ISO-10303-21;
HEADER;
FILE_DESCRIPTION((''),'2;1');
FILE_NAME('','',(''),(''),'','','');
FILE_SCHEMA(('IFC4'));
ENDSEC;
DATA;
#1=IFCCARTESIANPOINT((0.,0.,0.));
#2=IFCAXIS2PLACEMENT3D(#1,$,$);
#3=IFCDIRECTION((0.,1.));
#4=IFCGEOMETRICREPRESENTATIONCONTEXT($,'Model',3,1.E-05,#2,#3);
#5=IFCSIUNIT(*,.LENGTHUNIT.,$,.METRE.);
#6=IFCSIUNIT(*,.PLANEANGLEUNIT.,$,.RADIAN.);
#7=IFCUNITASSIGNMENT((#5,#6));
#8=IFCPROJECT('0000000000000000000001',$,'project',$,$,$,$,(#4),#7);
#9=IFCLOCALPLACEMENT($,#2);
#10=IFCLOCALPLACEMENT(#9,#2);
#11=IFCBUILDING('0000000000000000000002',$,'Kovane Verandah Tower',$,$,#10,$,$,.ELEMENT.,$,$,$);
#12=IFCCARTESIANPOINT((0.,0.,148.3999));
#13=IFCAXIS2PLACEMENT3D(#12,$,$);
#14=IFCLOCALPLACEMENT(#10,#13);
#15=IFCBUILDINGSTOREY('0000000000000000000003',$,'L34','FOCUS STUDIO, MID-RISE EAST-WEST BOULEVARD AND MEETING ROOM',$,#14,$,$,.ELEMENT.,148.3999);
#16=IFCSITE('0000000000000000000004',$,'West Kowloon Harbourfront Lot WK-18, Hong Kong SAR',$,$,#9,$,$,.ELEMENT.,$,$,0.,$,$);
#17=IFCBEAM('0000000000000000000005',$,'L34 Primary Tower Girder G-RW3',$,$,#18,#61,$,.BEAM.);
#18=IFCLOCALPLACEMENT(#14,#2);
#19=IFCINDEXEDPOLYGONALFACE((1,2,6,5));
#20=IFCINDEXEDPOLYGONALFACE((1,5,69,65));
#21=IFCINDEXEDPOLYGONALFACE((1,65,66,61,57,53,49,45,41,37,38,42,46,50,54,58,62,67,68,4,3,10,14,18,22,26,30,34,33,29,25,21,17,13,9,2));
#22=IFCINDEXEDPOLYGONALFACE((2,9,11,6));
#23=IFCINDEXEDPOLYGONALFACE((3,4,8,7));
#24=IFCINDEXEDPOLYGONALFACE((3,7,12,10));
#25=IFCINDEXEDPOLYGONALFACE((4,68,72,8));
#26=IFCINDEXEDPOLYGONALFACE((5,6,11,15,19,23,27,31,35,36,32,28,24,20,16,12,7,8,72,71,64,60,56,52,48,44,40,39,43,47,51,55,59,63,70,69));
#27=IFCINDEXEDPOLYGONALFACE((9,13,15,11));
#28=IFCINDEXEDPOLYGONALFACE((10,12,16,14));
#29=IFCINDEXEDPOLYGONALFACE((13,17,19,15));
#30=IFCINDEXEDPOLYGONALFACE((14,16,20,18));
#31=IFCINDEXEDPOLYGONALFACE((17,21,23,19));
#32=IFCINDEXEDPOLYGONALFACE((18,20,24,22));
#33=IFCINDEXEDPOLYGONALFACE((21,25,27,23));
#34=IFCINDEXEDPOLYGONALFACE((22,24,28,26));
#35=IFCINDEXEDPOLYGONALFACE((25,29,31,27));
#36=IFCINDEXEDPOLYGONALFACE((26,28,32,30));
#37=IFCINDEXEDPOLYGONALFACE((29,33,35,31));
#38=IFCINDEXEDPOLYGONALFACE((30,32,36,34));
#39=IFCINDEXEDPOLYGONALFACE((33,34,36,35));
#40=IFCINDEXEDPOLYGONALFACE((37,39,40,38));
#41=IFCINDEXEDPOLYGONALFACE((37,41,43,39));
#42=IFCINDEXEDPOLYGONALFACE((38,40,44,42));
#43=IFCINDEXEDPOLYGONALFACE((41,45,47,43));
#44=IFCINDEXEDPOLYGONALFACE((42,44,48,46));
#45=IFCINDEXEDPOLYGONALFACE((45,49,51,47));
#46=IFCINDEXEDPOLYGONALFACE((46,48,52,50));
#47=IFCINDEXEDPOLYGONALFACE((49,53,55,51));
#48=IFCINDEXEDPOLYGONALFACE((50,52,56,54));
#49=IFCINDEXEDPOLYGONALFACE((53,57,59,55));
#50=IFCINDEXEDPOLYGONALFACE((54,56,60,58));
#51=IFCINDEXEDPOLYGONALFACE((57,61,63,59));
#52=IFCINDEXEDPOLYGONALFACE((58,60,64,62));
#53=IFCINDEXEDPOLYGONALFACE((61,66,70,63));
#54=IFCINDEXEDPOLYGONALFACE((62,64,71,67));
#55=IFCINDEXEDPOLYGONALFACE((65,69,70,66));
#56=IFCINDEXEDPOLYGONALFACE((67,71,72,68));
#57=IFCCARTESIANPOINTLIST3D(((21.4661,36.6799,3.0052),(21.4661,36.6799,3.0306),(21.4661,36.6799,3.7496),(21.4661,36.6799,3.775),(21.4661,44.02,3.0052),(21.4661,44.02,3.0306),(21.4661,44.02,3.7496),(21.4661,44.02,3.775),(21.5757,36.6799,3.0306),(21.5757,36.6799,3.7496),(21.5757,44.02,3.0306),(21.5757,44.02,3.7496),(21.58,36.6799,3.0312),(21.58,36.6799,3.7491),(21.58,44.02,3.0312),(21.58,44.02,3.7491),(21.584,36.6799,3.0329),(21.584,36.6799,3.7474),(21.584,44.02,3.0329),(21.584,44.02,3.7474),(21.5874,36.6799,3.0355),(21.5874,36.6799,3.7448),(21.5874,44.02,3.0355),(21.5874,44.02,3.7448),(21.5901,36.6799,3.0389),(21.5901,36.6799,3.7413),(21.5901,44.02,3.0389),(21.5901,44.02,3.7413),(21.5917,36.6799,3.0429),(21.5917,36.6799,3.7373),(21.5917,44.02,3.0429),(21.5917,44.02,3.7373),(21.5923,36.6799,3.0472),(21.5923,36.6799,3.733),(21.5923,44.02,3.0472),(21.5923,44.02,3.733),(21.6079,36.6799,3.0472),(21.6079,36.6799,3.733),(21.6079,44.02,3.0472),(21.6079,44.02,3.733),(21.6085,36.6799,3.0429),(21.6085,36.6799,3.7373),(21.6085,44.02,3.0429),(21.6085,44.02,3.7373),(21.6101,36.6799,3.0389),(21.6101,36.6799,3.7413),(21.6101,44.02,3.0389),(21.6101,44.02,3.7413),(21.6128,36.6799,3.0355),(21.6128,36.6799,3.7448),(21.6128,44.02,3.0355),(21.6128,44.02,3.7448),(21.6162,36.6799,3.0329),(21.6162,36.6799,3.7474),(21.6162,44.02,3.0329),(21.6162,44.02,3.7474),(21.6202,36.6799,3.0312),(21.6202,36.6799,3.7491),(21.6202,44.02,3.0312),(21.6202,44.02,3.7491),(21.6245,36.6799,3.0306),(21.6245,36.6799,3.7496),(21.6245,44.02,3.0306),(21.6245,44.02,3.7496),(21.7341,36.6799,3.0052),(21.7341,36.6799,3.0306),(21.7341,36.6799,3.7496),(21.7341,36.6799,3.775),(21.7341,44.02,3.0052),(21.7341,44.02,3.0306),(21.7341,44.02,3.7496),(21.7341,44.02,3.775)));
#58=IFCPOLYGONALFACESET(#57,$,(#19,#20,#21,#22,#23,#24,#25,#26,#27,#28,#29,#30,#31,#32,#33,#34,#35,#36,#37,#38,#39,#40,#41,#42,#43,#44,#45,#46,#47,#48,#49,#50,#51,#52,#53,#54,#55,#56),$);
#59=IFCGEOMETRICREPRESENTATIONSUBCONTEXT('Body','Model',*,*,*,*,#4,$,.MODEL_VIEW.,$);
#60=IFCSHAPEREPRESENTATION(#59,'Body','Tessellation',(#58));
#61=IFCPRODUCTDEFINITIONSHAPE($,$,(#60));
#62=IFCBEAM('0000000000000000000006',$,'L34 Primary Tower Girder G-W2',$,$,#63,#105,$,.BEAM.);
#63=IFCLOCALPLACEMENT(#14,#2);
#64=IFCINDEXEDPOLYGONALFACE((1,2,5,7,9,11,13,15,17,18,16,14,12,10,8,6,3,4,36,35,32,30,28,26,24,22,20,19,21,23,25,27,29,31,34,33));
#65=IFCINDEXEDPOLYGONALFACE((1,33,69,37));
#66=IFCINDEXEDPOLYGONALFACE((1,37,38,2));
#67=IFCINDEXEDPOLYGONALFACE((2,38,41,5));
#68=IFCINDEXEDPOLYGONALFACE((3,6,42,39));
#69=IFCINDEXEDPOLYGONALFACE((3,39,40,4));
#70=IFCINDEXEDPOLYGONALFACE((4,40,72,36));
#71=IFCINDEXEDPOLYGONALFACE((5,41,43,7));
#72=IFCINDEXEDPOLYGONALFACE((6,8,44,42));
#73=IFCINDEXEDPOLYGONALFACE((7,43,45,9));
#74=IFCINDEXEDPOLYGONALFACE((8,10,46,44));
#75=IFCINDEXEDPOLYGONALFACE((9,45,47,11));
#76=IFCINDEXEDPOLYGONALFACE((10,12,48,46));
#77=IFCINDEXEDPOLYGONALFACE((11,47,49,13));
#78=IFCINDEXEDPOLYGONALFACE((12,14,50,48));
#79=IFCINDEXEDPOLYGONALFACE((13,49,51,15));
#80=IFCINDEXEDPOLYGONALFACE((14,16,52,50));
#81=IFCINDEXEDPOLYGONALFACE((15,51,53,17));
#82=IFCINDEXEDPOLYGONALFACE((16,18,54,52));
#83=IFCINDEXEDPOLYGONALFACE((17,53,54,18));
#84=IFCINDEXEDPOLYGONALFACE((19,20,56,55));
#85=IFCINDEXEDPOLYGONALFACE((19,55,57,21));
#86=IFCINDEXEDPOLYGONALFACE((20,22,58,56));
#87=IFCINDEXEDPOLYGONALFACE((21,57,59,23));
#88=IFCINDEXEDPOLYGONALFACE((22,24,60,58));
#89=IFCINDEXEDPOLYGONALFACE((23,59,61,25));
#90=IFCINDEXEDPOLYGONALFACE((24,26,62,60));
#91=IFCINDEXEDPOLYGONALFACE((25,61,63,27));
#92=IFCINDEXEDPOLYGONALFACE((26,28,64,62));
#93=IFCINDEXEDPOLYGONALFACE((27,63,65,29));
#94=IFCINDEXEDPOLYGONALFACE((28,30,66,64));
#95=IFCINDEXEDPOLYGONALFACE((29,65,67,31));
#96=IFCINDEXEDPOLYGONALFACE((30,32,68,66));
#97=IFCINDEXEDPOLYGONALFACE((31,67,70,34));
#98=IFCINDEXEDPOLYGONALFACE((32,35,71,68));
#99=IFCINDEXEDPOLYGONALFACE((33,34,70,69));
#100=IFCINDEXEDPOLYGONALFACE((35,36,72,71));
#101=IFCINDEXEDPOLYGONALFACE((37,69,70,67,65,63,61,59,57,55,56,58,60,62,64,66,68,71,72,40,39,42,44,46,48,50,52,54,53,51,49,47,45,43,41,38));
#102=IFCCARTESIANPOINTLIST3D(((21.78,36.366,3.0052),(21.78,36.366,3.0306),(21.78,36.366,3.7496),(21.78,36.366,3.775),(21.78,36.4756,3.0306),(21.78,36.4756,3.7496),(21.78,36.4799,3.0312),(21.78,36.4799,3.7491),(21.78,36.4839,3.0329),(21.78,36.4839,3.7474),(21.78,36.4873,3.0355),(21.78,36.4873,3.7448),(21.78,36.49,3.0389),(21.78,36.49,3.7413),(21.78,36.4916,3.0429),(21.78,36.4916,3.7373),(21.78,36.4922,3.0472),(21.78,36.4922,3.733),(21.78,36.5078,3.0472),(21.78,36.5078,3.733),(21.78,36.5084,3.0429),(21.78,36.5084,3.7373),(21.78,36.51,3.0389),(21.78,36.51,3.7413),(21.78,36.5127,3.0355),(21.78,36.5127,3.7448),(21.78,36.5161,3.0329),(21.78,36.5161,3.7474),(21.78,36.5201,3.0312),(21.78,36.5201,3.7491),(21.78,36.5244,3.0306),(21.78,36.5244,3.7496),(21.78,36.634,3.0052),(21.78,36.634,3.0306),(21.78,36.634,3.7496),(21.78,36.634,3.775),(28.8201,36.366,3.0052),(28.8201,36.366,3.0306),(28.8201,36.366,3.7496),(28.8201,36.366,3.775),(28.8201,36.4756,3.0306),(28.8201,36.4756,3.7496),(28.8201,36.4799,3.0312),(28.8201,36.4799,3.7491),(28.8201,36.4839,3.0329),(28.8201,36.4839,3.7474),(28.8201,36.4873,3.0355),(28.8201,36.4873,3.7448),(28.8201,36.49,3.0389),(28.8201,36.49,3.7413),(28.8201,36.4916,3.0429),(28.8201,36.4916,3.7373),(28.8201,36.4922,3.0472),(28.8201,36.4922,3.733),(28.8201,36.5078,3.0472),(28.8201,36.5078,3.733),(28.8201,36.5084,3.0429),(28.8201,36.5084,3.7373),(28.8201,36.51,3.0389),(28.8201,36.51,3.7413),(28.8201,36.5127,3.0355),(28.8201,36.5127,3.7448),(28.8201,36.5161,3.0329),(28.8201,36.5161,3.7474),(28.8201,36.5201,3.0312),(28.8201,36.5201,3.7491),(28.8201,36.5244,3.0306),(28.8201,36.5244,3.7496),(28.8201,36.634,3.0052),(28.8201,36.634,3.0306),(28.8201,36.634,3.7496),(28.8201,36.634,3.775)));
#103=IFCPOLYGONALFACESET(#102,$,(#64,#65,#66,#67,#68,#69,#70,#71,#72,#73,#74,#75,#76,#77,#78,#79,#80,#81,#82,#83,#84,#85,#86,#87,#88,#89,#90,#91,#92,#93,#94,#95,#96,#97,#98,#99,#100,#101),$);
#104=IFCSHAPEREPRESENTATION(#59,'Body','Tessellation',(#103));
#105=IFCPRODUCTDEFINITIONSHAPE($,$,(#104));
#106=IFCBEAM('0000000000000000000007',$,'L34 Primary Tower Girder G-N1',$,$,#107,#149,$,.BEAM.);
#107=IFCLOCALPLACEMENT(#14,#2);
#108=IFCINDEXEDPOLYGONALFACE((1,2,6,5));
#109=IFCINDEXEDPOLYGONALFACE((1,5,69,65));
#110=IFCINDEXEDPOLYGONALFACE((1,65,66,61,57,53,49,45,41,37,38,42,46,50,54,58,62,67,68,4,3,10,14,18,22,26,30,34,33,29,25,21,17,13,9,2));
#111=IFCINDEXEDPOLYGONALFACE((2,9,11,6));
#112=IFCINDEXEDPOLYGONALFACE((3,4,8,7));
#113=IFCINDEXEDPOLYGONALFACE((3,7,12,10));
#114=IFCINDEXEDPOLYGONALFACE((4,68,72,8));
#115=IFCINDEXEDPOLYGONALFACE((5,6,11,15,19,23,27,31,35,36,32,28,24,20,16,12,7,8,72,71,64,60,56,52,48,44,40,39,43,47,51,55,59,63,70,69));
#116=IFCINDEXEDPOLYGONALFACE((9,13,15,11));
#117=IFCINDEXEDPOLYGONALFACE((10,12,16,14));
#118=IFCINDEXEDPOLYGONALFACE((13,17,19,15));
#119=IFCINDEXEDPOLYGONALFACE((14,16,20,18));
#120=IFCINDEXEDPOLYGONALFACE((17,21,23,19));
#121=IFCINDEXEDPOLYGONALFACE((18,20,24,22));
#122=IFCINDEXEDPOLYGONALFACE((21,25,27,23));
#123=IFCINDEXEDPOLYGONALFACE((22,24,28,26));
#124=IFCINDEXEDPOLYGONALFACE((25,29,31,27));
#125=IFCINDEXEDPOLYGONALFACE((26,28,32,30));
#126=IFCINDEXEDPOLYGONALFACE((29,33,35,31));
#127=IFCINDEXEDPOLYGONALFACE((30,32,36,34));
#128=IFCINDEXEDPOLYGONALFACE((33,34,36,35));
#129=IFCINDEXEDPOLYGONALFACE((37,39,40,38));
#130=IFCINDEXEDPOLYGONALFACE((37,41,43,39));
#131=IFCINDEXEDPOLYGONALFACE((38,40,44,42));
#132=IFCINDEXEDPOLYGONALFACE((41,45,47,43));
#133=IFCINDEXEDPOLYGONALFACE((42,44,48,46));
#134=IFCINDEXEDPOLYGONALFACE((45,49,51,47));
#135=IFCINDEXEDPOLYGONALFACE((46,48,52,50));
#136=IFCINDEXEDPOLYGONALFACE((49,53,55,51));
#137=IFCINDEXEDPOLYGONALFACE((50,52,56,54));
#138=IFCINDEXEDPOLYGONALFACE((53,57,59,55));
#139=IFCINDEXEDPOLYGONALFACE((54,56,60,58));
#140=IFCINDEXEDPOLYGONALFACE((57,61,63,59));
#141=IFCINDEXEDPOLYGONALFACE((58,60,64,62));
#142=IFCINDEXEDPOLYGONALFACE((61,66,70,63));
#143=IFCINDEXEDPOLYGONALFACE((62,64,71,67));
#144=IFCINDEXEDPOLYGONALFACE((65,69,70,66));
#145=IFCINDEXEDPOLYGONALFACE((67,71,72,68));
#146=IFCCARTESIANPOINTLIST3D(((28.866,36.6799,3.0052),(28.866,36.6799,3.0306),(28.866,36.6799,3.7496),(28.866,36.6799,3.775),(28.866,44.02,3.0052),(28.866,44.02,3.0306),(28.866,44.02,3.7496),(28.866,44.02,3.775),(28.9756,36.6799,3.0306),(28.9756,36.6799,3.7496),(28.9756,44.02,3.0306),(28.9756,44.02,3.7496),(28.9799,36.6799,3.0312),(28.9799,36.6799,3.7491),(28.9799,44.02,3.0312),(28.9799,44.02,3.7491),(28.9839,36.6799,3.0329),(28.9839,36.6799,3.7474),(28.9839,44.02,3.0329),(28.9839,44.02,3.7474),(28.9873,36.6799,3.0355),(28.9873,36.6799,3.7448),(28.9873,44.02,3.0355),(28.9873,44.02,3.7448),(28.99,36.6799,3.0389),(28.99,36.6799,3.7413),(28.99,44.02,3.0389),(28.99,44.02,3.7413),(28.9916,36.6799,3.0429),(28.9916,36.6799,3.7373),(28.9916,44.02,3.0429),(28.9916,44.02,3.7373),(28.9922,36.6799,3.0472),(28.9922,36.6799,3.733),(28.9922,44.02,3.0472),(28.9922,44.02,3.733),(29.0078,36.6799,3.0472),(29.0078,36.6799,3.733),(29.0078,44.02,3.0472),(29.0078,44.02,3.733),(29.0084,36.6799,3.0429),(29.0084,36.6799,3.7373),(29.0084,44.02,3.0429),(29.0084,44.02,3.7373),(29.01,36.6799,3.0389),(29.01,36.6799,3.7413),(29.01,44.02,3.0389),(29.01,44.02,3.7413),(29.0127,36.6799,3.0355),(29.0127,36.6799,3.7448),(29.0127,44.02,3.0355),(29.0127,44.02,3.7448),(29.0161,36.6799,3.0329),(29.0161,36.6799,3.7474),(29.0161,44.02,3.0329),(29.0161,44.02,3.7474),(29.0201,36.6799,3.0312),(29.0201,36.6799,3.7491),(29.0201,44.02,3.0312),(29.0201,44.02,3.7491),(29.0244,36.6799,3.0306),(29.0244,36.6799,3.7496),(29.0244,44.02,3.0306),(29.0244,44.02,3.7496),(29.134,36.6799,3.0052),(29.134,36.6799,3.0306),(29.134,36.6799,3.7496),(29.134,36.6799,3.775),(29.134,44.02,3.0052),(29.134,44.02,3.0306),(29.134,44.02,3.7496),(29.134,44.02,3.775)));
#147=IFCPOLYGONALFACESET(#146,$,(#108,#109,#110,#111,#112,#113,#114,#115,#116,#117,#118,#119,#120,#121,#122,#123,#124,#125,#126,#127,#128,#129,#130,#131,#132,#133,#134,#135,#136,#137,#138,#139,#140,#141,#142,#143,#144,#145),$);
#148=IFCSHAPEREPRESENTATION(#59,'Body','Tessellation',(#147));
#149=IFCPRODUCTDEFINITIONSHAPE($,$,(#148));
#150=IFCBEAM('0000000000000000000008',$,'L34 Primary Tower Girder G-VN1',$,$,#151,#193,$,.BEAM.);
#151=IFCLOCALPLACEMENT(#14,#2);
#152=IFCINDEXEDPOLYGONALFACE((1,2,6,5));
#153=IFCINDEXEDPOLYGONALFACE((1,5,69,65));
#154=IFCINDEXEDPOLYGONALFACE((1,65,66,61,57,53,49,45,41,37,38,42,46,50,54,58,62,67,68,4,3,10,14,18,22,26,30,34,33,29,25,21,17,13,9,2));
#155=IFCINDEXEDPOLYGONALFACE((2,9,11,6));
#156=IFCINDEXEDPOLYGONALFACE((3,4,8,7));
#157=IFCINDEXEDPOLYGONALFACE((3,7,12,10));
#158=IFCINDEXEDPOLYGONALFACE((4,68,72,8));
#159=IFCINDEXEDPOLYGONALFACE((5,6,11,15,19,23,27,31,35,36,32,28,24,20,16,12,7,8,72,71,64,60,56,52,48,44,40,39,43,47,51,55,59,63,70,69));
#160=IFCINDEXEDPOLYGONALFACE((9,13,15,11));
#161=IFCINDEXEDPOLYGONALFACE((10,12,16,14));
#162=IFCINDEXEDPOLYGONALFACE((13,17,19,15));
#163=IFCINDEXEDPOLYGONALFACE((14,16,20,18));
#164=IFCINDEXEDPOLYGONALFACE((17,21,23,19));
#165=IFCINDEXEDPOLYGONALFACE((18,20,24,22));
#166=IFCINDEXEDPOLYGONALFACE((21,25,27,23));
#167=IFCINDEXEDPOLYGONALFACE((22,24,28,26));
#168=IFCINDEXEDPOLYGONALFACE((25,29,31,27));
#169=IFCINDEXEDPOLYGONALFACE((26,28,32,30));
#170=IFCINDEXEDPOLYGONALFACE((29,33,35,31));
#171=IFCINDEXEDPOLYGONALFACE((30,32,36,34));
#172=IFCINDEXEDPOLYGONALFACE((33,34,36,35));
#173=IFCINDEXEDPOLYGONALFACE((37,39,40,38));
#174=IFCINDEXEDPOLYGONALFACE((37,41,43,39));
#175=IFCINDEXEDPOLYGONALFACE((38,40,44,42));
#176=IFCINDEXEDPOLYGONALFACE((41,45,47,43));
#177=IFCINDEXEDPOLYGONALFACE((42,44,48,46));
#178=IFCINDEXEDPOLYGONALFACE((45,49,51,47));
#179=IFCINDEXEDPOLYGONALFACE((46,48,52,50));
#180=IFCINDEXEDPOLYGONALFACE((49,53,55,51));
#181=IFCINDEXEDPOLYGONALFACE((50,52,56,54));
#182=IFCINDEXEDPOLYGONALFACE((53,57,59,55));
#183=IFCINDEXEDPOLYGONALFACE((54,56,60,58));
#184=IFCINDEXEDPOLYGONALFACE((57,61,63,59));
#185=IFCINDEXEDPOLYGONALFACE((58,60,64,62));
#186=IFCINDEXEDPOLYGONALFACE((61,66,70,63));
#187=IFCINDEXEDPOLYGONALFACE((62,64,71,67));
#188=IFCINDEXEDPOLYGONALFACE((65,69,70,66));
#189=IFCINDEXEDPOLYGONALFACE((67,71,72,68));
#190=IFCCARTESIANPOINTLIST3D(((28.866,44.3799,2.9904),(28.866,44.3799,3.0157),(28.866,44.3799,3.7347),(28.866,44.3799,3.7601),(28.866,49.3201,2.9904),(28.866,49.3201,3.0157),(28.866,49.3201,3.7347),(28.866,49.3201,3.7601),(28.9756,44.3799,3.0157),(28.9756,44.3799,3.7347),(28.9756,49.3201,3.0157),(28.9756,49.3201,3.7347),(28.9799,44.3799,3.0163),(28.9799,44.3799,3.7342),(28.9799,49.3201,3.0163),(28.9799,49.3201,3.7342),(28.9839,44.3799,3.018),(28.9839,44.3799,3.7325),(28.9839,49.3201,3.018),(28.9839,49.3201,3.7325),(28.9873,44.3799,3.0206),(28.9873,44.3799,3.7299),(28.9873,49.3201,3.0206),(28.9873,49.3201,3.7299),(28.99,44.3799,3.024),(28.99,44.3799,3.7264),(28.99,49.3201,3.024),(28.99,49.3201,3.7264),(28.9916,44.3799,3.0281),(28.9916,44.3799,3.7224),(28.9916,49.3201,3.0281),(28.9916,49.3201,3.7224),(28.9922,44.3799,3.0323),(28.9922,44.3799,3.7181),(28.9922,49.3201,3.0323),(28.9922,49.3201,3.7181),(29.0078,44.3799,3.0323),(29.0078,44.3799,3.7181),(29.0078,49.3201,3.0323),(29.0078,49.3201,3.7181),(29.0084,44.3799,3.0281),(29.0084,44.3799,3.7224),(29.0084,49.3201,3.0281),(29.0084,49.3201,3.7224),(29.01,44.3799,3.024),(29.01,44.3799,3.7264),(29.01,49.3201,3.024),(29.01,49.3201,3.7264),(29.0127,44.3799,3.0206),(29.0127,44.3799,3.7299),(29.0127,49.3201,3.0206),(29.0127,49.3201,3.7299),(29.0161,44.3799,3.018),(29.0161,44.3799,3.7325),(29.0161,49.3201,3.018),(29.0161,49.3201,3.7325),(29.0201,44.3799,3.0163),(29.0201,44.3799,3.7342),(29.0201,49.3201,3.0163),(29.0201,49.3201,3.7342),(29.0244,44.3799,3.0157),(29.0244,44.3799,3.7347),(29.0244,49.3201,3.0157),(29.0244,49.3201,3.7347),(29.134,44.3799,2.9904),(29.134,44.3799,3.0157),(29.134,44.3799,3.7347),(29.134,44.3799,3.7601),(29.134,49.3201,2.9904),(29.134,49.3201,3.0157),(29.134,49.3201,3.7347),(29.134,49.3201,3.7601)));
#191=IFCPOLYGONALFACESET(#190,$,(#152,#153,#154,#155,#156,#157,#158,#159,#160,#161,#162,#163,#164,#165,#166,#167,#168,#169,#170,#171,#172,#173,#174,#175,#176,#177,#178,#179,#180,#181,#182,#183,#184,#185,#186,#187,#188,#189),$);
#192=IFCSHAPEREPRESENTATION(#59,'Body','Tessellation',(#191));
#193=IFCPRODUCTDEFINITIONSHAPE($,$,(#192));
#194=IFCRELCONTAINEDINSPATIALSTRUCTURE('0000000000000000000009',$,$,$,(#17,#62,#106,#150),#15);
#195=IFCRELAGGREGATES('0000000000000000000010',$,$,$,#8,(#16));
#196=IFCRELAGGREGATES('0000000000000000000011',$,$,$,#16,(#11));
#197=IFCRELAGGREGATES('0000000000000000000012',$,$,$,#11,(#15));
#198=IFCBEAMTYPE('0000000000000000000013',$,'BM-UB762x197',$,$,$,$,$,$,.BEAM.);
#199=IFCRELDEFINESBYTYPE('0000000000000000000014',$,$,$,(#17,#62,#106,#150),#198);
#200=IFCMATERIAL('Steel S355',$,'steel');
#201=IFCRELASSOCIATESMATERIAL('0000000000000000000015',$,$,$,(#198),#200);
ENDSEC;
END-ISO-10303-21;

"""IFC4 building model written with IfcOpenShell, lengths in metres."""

from ifc_helpers import new_model, si_unit, direction, frame, origin, origin_2d, place, context, subcontext, project, spatial, i_section, extrude, material, material_profile, profile_set, type_object, element, save


model = new_model("IFC4")

# Units and contexts
model_context = context("Model", 3, precision=1e-05, world=origin(), true_north=direction((0.0, 1.0)))
body_context = subcontext(model_context, "Body", "Model", "MODEL_VIEW")
ifc_project = project(units=[si_unit("LENGTHUNIT", "METRE"), si_unit("PLANEANGLEUNIT", "RADIAN")], contexts=[model_context])

# Site, building, storey
site_placement = place(None, origin())
site = spatial("IfcSite", under=ifc_project, at=site_placement, Name="West Kowloon Harbourfront Lot WK-18, Hong Kong SAR", CompositionType="ELEMENT", RefElevation=0.0)
building_placement = place(site_placement, origin())
building = spatial("IfcBuilding", under=site, at=building_placement, Name="Kovane Verandah Tower", CompositionType="ELEMENT")
storey_placement = place(building_placement, frame((0.0, 0.0, 148.3999)))
storey = spatial("IfcBuildingStorey", under=building, at=storey_placement, Name="L34", Description="FOCUS STUDIO, MID-RISE EAST-WEST BOULEVARD AND MEETING ROOM", CompositionType="ELEMENT", Elevation=148.3999)

# Beams
ifc_material_1 = material(Name="Steel S355", Category="steel")
ifc_material_profile_1 = material_profile(ifc_material_1, i_section(OverallWidth=0.2681, OverallDepth=0.7698, WebThickness=0.0156, FlangeThickness=0.0254, FilletRadius=0.0166, at=origin_2d()), Name="UB762x267x197")
ifc_profile_set_1 = profile_set([ifc_material_profile_1], Name="Steel S355")
beam_type_1 = type_object("IfcBeamType", Name="BM-UB762x197", PredefinedType="BEAM", material=ifc_profile_set_1)
beam_1_placement = place(storey_placement, frame((21.6001, 36.6799, 3.3901), z_axis=(0.0, 1.0, 0.0), x_axis=(-1.0, 0.0, 0.0)))
element("IfcBeam", 1, at=beam_1_placement, inside=storey, type_object=beam_type_1, Name="L34 Primary Tower Girder G-RW3", PredefinedType="BEAM", context=body_context, shape_type="SweptSolid", body=[
    extrude(i_section(OverallWidth=0.2681, OverallDepth=0.7698, WebThickness=0.0156, FlangeThickness=0.0254, FilletRadius=0.0166, at=origin_2d()), origin(), (0.0, 0.0, 1.0), 7.3401),
])
beam_2_placement = place(storey_placement, frame((28.8201, 36.5, 3.3901), z_axis=(-1.0, 0.0, 0.0), x_axis=(0.0, -1.0, 0.0)))
element("IfcBeam", 2, at=beam_2_placement, inside=storey, type_object=beam_type_1, Name="L34 Primary Tower Girder G-W2", PredefinedType="BEAM", context=body_context, shape_type="SweptSolid", body=[
    extrude(i_section(OverallWidth=0.2681, OverallDepth=0.7698, WebThickness=0.0156, FlangeThickness=0.0254, FilletRadius=0.0166, at=origin_2d()), origin(), (0.0, 0.0, 1.0), 7.04),
])
beam_3_placement = place(storey_placement, frame((29.0, 36.6799, 3.3901), z_axis=(0.0, 1.0, 0.0), x_axis=(-1.0, 0.0, 0.0)))
element("IfcBeam", 3, at=beam_3_placement, inside=storey, type_object=beam_type_1, Name="L34 Primary Tower Girder G-N1", PredefinedType="BEAM", context=body_context, shape_type="SweptSolid", body=[
    extrude(i_section(OverallWidth=0.2681, OverallDepth=0.7698, WebThickness=0.0156, FlangeThickness=0.0254, FilletRadius=0.0166, at=origin_2d()), origin(), (0.0, 0.0, 1.0), 7.3401),
])
beam_4_placement = place(storey_placement, frame((29.0, 44.3799, 3.3752), z_axis=(0.0, 1.0, 0.0), x_axis=(-1.0, 0.0, 0.0)))
element("IfcBeam", 4, at=beam_4_placement, inside=storey, type_object=beam_type_1, Name="L34 Primary Tower Girder G-VN1", PredefinedType="BEAM", context=body_context, shape_type="SweptSolid", body=[
    extrude(i_section(OverallWidth=0.2681, OverallDepth=0.7698, WebThickness=0.0156, FlangeThickness=0.0254, FilletRadius=0.0166, at=origin_2d()), origin(), (0.0, 0.0, 1.0), 4.9402),
])

save(model, "model.ifc")
